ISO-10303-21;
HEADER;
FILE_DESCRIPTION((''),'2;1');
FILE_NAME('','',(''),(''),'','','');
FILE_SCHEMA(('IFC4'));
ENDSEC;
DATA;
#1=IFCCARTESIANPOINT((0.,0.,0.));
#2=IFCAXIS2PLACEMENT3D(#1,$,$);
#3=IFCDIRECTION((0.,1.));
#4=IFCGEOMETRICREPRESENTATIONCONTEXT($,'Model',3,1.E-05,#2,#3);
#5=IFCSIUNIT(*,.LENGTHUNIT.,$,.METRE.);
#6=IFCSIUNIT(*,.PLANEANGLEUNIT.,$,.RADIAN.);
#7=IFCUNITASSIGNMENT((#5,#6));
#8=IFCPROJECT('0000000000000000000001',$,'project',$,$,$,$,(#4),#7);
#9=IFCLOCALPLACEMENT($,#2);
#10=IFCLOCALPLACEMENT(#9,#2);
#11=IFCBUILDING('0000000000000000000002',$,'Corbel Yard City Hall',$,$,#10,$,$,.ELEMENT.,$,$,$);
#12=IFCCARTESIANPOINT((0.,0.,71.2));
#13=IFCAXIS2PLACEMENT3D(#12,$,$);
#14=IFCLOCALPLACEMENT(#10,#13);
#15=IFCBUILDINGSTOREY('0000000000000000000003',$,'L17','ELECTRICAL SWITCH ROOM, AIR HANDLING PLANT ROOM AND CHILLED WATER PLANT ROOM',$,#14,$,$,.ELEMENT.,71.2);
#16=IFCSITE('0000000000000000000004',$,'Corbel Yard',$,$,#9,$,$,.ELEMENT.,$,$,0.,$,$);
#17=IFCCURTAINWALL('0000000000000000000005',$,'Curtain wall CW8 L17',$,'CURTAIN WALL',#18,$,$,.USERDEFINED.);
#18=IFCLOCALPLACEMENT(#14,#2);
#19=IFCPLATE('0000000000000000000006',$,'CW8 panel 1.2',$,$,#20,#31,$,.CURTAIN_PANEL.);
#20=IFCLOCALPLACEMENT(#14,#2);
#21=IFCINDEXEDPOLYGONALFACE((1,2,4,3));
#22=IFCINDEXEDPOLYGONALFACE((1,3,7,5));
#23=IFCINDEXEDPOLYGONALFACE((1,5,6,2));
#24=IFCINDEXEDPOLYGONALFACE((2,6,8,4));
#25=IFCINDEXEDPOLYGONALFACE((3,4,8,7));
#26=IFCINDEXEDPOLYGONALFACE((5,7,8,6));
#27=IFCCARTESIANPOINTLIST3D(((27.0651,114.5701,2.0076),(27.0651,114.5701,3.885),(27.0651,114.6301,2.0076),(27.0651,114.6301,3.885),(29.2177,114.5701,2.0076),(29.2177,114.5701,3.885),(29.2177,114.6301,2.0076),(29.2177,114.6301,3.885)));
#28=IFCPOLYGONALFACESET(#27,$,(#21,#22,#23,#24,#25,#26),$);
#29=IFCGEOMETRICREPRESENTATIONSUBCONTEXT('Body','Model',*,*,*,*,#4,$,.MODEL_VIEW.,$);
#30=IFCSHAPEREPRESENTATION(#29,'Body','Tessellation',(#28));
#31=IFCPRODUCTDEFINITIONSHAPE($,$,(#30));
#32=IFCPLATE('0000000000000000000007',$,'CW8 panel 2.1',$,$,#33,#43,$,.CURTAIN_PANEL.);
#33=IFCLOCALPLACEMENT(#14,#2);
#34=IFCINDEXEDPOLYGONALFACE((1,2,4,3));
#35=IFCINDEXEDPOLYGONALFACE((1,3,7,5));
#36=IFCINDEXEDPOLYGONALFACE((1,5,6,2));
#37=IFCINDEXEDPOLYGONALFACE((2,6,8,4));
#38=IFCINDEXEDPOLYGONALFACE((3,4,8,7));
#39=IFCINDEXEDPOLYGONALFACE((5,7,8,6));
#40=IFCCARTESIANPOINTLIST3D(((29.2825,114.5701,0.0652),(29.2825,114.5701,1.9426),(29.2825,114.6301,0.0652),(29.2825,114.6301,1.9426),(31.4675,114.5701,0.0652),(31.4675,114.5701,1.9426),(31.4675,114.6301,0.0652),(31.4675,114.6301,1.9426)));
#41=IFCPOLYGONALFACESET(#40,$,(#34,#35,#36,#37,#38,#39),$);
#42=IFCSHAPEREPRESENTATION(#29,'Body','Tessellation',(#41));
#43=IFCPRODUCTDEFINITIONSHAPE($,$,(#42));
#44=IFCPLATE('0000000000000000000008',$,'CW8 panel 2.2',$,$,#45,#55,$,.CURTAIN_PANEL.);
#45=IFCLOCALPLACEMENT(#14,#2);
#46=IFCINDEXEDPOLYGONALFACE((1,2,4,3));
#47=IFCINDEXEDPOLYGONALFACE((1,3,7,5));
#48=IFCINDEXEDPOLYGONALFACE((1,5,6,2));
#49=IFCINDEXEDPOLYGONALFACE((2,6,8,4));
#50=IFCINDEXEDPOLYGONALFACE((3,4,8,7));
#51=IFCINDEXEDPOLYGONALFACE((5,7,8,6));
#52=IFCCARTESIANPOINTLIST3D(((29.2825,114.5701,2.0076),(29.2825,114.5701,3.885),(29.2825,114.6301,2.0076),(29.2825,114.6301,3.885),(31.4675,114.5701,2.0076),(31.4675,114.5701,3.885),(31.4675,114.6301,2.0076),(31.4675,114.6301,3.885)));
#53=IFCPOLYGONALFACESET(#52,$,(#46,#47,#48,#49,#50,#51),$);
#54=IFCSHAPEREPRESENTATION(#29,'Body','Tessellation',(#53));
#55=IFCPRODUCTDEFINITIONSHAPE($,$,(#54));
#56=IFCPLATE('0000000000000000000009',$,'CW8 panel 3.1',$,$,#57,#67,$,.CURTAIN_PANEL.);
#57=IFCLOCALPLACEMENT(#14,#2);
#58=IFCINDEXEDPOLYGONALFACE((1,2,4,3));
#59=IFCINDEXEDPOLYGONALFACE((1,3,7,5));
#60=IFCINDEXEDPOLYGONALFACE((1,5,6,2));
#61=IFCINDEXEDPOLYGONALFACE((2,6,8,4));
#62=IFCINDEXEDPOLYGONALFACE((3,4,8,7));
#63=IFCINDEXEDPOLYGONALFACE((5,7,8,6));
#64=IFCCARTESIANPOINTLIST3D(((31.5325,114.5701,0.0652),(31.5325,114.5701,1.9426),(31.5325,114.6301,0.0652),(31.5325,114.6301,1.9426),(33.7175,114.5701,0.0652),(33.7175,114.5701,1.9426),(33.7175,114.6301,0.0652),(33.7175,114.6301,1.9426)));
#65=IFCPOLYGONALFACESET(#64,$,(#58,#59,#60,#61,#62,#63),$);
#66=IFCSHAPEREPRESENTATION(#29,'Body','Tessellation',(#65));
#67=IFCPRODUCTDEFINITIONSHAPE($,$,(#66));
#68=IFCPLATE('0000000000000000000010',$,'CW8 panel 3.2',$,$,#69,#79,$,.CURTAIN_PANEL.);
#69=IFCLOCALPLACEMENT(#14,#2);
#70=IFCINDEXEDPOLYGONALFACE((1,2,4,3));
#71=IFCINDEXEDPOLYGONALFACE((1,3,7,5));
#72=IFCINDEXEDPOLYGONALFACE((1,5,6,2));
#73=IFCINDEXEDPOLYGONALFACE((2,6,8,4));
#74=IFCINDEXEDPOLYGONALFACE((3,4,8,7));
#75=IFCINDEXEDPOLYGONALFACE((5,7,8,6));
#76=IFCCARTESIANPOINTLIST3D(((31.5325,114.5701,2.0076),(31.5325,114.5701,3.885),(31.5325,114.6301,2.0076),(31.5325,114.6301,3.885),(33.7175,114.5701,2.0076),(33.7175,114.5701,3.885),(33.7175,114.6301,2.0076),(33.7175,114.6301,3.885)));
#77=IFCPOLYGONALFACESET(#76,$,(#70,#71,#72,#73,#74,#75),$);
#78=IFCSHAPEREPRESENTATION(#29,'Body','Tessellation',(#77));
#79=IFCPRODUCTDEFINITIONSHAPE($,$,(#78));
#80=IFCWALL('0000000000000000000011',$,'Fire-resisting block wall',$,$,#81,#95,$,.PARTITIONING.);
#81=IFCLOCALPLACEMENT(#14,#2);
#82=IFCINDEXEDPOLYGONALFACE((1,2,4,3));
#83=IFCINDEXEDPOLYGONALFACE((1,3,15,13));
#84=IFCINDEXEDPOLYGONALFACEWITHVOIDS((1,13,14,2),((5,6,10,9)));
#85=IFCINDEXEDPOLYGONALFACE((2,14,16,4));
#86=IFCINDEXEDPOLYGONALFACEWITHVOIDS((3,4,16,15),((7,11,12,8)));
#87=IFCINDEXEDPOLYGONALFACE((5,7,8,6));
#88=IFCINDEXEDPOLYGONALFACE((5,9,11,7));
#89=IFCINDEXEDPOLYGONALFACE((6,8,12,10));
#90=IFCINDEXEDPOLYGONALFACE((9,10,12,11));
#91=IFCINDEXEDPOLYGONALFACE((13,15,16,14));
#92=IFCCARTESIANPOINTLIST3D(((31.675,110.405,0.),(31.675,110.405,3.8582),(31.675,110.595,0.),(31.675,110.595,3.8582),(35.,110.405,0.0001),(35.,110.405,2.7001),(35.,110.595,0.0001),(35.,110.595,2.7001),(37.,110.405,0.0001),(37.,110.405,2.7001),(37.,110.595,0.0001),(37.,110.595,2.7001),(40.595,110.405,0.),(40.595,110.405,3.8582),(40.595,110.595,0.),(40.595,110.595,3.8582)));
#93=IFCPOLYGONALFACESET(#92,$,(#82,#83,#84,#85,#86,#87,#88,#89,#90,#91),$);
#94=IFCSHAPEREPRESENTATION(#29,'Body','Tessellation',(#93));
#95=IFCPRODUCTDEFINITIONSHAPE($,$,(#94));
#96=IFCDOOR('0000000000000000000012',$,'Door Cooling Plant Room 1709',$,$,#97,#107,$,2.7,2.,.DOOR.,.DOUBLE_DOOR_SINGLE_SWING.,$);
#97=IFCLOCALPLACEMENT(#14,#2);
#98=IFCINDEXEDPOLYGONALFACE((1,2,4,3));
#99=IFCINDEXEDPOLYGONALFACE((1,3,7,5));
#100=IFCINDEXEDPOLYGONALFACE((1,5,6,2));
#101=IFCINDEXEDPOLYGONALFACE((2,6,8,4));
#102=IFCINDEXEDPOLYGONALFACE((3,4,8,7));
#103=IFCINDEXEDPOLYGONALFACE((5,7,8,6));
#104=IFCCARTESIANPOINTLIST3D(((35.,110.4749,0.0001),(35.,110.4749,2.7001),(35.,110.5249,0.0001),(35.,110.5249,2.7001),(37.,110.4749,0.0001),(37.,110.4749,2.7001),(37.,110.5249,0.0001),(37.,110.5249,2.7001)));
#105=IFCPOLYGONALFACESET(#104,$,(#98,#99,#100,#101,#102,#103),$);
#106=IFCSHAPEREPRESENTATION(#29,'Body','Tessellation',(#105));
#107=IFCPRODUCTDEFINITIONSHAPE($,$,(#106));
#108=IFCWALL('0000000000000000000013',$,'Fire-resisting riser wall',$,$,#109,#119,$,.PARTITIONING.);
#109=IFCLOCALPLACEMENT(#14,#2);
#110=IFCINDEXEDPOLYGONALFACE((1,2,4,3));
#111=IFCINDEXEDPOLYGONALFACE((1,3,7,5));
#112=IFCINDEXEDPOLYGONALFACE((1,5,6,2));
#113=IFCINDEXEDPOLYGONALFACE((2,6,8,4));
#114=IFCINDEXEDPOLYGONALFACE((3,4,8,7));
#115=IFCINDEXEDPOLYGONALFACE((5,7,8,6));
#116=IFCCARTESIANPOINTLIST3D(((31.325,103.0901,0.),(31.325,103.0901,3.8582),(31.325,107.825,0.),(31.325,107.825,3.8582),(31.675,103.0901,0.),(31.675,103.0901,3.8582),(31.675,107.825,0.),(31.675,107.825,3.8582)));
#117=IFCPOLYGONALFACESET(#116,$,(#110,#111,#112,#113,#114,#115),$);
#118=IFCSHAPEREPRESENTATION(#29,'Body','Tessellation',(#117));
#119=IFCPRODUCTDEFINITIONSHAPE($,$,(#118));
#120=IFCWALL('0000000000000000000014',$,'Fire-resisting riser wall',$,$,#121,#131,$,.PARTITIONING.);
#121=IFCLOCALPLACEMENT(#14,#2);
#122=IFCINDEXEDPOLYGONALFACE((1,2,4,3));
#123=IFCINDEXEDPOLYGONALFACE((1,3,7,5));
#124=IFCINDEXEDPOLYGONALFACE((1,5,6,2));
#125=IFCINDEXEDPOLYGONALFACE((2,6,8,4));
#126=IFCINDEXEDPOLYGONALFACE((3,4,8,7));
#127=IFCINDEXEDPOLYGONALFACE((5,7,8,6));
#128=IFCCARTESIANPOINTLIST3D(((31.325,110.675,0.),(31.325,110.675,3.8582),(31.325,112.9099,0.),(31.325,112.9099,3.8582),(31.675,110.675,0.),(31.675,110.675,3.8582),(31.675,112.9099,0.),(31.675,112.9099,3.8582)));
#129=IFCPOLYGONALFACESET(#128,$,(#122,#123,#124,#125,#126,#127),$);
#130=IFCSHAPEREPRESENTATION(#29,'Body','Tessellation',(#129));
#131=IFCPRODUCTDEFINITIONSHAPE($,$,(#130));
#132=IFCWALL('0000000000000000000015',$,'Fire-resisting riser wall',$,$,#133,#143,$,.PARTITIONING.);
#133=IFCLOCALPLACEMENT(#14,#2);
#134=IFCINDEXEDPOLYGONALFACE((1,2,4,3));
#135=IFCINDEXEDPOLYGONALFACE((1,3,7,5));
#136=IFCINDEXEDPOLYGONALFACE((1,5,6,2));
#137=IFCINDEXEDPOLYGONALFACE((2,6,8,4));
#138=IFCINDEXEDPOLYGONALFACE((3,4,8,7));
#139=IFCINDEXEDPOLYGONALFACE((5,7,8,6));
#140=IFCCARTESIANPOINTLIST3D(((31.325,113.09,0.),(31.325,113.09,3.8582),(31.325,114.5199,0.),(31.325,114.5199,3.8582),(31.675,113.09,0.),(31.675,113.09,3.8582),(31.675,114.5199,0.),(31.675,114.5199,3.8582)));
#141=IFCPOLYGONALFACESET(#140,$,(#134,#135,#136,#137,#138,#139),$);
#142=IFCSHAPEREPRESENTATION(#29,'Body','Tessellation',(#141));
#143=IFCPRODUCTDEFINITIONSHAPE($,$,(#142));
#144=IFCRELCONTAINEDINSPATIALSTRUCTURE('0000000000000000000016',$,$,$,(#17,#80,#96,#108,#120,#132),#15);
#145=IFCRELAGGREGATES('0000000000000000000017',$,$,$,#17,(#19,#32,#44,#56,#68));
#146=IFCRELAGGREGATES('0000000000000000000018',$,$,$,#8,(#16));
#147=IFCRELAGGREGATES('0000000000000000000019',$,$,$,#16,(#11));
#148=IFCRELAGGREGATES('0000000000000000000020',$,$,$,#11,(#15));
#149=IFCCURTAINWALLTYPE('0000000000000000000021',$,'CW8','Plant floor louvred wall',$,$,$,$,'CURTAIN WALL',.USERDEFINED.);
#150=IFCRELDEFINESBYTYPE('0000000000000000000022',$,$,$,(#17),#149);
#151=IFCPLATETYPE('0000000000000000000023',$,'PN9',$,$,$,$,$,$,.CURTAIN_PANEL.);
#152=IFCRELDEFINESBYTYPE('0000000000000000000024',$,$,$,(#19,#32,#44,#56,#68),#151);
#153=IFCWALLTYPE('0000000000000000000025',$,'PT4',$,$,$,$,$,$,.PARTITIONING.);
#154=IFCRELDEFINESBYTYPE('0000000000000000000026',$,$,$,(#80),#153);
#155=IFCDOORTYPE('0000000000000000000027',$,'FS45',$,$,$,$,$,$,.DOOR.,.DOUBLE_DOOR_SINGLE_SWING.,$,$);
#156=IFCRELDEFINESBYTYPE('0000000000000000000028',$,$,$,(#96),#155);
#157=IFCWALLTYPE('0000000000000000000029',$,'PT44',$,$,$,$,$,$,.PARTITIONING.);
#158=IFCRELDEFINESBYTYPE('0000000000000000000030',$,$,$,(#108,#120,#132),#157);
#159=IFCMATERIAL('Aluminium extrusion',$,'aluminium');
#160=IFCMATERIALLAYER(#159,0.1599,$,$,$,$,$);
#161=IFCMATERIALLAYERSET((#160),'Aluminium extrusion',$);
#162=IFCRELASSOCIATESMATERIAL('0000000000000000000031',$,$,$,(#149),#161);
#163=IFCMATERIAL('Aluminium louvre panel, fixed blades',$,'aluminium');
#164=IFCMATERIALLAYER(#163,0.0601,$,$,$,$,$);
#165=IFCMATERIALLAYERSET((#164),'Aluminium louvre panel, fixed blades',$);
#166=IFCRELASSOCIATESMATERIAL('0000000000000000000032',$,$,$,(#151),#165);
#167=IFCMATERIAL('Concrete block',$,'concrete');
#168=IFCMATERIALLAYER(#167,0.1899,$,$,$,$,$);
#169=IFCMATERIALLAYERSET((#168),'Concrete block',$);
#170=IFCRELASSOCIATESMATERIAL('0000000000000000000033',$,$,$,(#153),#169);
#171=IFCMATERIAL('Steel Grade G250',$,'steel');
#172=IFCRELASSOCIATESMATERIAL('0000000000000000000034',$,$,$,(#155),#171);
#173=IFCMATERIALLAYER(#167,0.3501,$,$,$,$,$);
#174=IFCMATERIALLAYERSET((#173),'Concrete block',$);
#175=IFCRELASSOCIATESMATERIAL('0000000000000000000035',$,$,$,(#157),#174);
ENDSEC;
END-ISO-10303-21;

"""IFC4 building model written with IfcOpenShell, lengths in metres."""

from ifc_helpers import new_model, si_unit, direction, frame, frame_2d, origin, origin_2d, place, context, subcontext, project, spatial, rectangle, extrude, material, layer, layer_set, type_object, element, fill, aggregate, save


model = new_model("IFC4")

# Units and contexts
model_context = context("Model", 3, precision=1e-05, world=origin(), true_north=direction((0.0, 1.0)))
body_context = subcontext(model_context, "Body", "Model", "MODEL_VIEW")
ifc_project = project(units=[si_unit("LENGTHUNIT", "METRE"), si_unit("PLANEANGLEUNIT", "RADIAN")], contexts=[model_context])

# Site, building, storey
site_placement = place(None, origin())
site = spatial("IfcSite", under=ifc_project, at=site_placement, Name="Corbel Yard", CompositionType="ELEMENT", RefElevation=0.0)
building_placement = place(site_placement, origin())
building = spatial("IfcBuilding", under=site, at=building_placement, Name="Corbel Yard City Hall", CompositionType="ELEMENT")
storey_placement = place(building_placement, frame((0.0, 0.0, 71.2)))
storey = spatial("IfcBuildingStorey", under=building, at=storey_placement, Name="L17", Description="ELECTRICAL SWITCH ROOM, AIR HANDLING PLANT ROOM AND CHILLED WATER PLANT ROOM", CompositionType="ELEMENT", Elevation=71.2)

# Shared definitions
ifc_material_1 = material(Name="Aluminium extrusion", Category="aluminium")
ifc_layer_1 = layer(ifc_material_1, 0.1599)
ifc_layer_set_1 = layer_set([ifc_layer_1], Name="Aluminium extrusion")
curtain_wall_type = type_object("IfcCurtainWallType", Name="CW8", Description="Plant floor louvred wall", ElementType="CURTAIN WALL", PredefinedType="USERDEFINED", material=ifc_layer_set_1)

# Curtain wall, plates
curtain_wall_1_placement = place(storey_placement, origin())
curtain_wall_1 = element("IfcCurtainWall", 1, at=curtain_wall_1_placement, inside=storey, type_object=curtain_wall_type, Name="Curtain wall CW8 L17", ObjectType="CURTAIN WALL", PredefinedType="USERDEFINED")
ifc_material_2 = material(Name="Aluminium louvre panel, fixed blades", Category="aluminium")
ifc_layer_2 = layer(ifc_material_2, 0.0601)
ifc_layer_set_2 = layer_set([ifc_layer_2], Name="Aluminium louvre panel, fixed blades")
plate_type = type_object("IfcPlateType", Name="PN9", PredefinedType="CURTAIN_PANEL", material=ifc_layer_set_2)
plate_1_placement = place(storey_placement, frame((28.1414, 114.6001, 2.0076), z_axis=(0.0, 0.0, 1.0), x_axis=(1.0, 0.0, 0.0)))
plate_1 = element("IfcPlate", 2, at=plate_1_placement, type_object=plate_type, Name="CW8 panel 1.2", PredefinedType="CURTAIN_PANEL", context=body_context, shape_type="SweptSolid", body=[
    extrude(rectangle(XDim=2.1526, YDim=0.0601, at=origin_2d()), origin(), (0.0, 0.0, 1.0), 1.8774),
])
plate_2_placement = place(storey_placement, frame((30.375, 114.6001, 0.0652), z_axis=(0.0, 0.0, 1.0), x_axis=(1.0, 0.0, 0.0)))
plate_2 = element("IfcPlate", 3, at=plate_2_placement, type_object=plate_type, Name="CW8 panel 2.1", PredefinedType="CURTAIN_PANEL", context=body_context, shape_type="SweptSolid", body=[
    extrude(rectangle(XDim=2.1851, YDim=0.0601, at=origin_2d()), origin(), (0.0, 0.0, 1.0), 1.8774),
])
plate_3_placement = place(storey_placement, frame((30.375, 114.6001, 2.0076), z_axis=(0.0, 0.0, 1.0), x_axis=(1.0, 0.0, 0.0)))
plate_3 = element("IfcPlate", 4, at=plate_3_placement, type_object=plate_type, Name="CW8 panel 2.2", PredefinedType="CURTAIN_PANEL", context=body_context, shape_type="SweptSolid", body=[
    extrude(rectangle(XDim=2.1851, YDim=0.0601, at=origin_2d()), origin(), (0.0, 0.0, 1.0), 1.8774),
])
plate_4_placement = place(storey_placement, frame((32.625, 114.6001, 0.0652), z_axis=(0.0, 0.0, 1.0), x_axis=(1.0, 0.0, 0.0)))
plate_4 = element("IfcPlate", 5, at=plate_4_placement, type_object=plate_type, Name="CW8 panel 3.1", PredefinedType="CURTAIN_PANEL", context=body_context, shape_type="SweptSolid", body=[
    extrude(rectangle(XDim=2.1851, YDim=0.0601, at=origin_2d()), origin(), (0.0, 0.0, 1.0), 1.8774),
])
plate_5_placement = place(storey_placement, frame((32.625, 114.6001, 2.0076), z_axis=(0.0, 0.0, 1.0), x_axis=(1.0, 0.0, 0.0)))
plate_5 = element("IfcPlate", 6, at=plate_5_placement, type_object=plate_type, Name="CW8 panel 3.2", PredefinedType="CURTAIN_PANEL", context=body_context, shape_type="SweptSolid", body=[
    extrude(rectangle(XDim=2.1851, YDim=0.0601, at=origin_2d()), origin(), (0.0, 0.0, 1.0), 1.8774),
])
aggregate(curtain_wall_1, [plate_1, plate_2, plate_3, plate_4, plate_5])

# Wall, opening, door
ifc_material_3 = material(Name="Concrete block", Category="concrete")
ifc_layer_3 = layer(ifc_material_3, 0.1899)
ifc_layer_set_3 = layer_set([ifc_layer_3], Name="Concrete block")
wall_type_1 = type_object("IfcWallType", Name="PT4", PredefinedType="PARTITIONING", material=ifc_layer_set_3)
wall_1_placement = place(storey_placement, frame((31.675, 110.5, 0.0), z_axis=(0.0, 0.0, 1.0), x_axis=(1.0, 0.0, 0.0)))
wall_1 = element("IfcWall", 7, at=wall_1_placement, inside=storey, type_object=wall_type_1, Name="Fire-resisting block wall", PredefinedType="PARTITIONING", context=body_context, shape_type="SweptSolid", body=[
    extrude(rectangle(XDim=8.9199, YDim=0.1899, at=frame_2d((4.46, 0.0))), origin(), (0.0, 0.0, 1.0), 3.8582),
])
opening_1_placement = place(wall_1_placement, frame((3.325, 0.0, 0.0)))
opening_1 = element("IfcOpeningElement", 8, at=opening_1_placement, cuts=wall_1, PredefinedType="OPENING", context=body_context, shape_type="SweptSolid", body=[
    extrude(rectangle(XDim=2.0, YDim=2.7, at=frame_2d((1.0, 1.3501))), frame((0.0, 0.105, 0.0), z_axis=(0.0, -1.0, 0.0), x_axis=(1.0, 0.0, 0.0)), (0.0, 0.0, 1.0), 0.21),
])
ifc_material_4 = material(Name="Steel Grade G250", Category="steel")
door_type_1 = type_object("IfcDoorType", Name="FS45", OperationType="DOUBLE_DOOR_SINGLE_SWING", PredefinedType="DOOR", material=ifc_material_4)
door_1_placement = place(opening_1_placement, origin())
door_1 = element("IfcDoor", 9, at=door_1_placement, inside=storey, type_object=door_type_1, Name="Door Cooling Plant Room 1709", OperationType="DOUBLE_DOOR_SINGLE_SWING", OverallHeight=2.7, OverallWidth=2.0, PredefinedType="DOOR", context=body_context, shape_type="SweptSolid", body=[
    extrude(rectangle(XDim=2.0, YDim=2.7, at=frame_2d((1.0, 1.3501))), frame((0.0, 0.0249, 0.0), z_axis=(0.0, -1.0, 0.0), x_axis=(1.0, 0.0, 0.0)), (0.0, 0.0, 1.0), 0.05),
])
fill(opening_1, door_1)
ifc_layer_4 = layer(ifc_material_3, 0.3501)
ifc_layer_set_4 = layer_set([ifc_layer_4], Name="Concrete block")
wall_type_2 = type_object("IfcWallType", Name="PT44", PredefinedType="PARTITIONING", material=ifc_layer_set_4)

# Walls
wall_2_placement = place(storey_placement, frame((31.5, 103.0901, 0.0), z_axis=(0.0, 0.0, 1.0), x_axis=(0.0, 1.0, 0.0)))
element("IfcWall", 10, at=wall_2_placement, inside=storey, type_object=wall_type_2, Name="Fire-resisting riser wall", PredefinedType="PARTITIONING", context=body_context, shape_type="SweptSolid", body=[
    extrude(rectangle(XDim=4.7349, YDim=0.3501, at=frame_2d((2.3674, 0.0))), origin(), (0.0, 0.0, 1.0), 3.8582),
])
wall_3_placement = place(storey_placement, frame((31.5, 110.675, 0.0), z_axis=(0.0, 0.0, 1.0), x_axis=(0.0, 1.0, 0.0)))
element("IfcWall", 11, at=wall_3_placement, inside=storey, type_object=wall_type_2, Name="Fire-resisting riser wall", PredefinedType="PARTITIONING", context=body_context, shape_type="SweptSolid", body=[
    extrude(rectangle(XDim=2.2349, YDim=0.3501, at=frame_2d((1.1174, 0.0))), origin(), (0.0, 0.0, 1.0), 3.8582),
])
wall_4_placement = place(storey_placement, frame((31.5, 113.0901, 0.0), z_axis=(0.0, 0.0, 1.0), x_axis=(0.0, 1.0, 0.0)))
element("IfcWall", 12, at=wall_4_placement, inside=storey, type_object=wall_type_2, Name="Fire-resisting riser wall", PredefinedType="PARTITIONING", context=body_context, shape_type="SweptSolid", body=[
    extrude(rectangle(XDim=1.4299, YDim=0.3501, at=frame_2d((0.7148, 0.0))), origin(), (0.0, 0.0, 1.0), 3.8582),
])

save(model, "model.ifc")
